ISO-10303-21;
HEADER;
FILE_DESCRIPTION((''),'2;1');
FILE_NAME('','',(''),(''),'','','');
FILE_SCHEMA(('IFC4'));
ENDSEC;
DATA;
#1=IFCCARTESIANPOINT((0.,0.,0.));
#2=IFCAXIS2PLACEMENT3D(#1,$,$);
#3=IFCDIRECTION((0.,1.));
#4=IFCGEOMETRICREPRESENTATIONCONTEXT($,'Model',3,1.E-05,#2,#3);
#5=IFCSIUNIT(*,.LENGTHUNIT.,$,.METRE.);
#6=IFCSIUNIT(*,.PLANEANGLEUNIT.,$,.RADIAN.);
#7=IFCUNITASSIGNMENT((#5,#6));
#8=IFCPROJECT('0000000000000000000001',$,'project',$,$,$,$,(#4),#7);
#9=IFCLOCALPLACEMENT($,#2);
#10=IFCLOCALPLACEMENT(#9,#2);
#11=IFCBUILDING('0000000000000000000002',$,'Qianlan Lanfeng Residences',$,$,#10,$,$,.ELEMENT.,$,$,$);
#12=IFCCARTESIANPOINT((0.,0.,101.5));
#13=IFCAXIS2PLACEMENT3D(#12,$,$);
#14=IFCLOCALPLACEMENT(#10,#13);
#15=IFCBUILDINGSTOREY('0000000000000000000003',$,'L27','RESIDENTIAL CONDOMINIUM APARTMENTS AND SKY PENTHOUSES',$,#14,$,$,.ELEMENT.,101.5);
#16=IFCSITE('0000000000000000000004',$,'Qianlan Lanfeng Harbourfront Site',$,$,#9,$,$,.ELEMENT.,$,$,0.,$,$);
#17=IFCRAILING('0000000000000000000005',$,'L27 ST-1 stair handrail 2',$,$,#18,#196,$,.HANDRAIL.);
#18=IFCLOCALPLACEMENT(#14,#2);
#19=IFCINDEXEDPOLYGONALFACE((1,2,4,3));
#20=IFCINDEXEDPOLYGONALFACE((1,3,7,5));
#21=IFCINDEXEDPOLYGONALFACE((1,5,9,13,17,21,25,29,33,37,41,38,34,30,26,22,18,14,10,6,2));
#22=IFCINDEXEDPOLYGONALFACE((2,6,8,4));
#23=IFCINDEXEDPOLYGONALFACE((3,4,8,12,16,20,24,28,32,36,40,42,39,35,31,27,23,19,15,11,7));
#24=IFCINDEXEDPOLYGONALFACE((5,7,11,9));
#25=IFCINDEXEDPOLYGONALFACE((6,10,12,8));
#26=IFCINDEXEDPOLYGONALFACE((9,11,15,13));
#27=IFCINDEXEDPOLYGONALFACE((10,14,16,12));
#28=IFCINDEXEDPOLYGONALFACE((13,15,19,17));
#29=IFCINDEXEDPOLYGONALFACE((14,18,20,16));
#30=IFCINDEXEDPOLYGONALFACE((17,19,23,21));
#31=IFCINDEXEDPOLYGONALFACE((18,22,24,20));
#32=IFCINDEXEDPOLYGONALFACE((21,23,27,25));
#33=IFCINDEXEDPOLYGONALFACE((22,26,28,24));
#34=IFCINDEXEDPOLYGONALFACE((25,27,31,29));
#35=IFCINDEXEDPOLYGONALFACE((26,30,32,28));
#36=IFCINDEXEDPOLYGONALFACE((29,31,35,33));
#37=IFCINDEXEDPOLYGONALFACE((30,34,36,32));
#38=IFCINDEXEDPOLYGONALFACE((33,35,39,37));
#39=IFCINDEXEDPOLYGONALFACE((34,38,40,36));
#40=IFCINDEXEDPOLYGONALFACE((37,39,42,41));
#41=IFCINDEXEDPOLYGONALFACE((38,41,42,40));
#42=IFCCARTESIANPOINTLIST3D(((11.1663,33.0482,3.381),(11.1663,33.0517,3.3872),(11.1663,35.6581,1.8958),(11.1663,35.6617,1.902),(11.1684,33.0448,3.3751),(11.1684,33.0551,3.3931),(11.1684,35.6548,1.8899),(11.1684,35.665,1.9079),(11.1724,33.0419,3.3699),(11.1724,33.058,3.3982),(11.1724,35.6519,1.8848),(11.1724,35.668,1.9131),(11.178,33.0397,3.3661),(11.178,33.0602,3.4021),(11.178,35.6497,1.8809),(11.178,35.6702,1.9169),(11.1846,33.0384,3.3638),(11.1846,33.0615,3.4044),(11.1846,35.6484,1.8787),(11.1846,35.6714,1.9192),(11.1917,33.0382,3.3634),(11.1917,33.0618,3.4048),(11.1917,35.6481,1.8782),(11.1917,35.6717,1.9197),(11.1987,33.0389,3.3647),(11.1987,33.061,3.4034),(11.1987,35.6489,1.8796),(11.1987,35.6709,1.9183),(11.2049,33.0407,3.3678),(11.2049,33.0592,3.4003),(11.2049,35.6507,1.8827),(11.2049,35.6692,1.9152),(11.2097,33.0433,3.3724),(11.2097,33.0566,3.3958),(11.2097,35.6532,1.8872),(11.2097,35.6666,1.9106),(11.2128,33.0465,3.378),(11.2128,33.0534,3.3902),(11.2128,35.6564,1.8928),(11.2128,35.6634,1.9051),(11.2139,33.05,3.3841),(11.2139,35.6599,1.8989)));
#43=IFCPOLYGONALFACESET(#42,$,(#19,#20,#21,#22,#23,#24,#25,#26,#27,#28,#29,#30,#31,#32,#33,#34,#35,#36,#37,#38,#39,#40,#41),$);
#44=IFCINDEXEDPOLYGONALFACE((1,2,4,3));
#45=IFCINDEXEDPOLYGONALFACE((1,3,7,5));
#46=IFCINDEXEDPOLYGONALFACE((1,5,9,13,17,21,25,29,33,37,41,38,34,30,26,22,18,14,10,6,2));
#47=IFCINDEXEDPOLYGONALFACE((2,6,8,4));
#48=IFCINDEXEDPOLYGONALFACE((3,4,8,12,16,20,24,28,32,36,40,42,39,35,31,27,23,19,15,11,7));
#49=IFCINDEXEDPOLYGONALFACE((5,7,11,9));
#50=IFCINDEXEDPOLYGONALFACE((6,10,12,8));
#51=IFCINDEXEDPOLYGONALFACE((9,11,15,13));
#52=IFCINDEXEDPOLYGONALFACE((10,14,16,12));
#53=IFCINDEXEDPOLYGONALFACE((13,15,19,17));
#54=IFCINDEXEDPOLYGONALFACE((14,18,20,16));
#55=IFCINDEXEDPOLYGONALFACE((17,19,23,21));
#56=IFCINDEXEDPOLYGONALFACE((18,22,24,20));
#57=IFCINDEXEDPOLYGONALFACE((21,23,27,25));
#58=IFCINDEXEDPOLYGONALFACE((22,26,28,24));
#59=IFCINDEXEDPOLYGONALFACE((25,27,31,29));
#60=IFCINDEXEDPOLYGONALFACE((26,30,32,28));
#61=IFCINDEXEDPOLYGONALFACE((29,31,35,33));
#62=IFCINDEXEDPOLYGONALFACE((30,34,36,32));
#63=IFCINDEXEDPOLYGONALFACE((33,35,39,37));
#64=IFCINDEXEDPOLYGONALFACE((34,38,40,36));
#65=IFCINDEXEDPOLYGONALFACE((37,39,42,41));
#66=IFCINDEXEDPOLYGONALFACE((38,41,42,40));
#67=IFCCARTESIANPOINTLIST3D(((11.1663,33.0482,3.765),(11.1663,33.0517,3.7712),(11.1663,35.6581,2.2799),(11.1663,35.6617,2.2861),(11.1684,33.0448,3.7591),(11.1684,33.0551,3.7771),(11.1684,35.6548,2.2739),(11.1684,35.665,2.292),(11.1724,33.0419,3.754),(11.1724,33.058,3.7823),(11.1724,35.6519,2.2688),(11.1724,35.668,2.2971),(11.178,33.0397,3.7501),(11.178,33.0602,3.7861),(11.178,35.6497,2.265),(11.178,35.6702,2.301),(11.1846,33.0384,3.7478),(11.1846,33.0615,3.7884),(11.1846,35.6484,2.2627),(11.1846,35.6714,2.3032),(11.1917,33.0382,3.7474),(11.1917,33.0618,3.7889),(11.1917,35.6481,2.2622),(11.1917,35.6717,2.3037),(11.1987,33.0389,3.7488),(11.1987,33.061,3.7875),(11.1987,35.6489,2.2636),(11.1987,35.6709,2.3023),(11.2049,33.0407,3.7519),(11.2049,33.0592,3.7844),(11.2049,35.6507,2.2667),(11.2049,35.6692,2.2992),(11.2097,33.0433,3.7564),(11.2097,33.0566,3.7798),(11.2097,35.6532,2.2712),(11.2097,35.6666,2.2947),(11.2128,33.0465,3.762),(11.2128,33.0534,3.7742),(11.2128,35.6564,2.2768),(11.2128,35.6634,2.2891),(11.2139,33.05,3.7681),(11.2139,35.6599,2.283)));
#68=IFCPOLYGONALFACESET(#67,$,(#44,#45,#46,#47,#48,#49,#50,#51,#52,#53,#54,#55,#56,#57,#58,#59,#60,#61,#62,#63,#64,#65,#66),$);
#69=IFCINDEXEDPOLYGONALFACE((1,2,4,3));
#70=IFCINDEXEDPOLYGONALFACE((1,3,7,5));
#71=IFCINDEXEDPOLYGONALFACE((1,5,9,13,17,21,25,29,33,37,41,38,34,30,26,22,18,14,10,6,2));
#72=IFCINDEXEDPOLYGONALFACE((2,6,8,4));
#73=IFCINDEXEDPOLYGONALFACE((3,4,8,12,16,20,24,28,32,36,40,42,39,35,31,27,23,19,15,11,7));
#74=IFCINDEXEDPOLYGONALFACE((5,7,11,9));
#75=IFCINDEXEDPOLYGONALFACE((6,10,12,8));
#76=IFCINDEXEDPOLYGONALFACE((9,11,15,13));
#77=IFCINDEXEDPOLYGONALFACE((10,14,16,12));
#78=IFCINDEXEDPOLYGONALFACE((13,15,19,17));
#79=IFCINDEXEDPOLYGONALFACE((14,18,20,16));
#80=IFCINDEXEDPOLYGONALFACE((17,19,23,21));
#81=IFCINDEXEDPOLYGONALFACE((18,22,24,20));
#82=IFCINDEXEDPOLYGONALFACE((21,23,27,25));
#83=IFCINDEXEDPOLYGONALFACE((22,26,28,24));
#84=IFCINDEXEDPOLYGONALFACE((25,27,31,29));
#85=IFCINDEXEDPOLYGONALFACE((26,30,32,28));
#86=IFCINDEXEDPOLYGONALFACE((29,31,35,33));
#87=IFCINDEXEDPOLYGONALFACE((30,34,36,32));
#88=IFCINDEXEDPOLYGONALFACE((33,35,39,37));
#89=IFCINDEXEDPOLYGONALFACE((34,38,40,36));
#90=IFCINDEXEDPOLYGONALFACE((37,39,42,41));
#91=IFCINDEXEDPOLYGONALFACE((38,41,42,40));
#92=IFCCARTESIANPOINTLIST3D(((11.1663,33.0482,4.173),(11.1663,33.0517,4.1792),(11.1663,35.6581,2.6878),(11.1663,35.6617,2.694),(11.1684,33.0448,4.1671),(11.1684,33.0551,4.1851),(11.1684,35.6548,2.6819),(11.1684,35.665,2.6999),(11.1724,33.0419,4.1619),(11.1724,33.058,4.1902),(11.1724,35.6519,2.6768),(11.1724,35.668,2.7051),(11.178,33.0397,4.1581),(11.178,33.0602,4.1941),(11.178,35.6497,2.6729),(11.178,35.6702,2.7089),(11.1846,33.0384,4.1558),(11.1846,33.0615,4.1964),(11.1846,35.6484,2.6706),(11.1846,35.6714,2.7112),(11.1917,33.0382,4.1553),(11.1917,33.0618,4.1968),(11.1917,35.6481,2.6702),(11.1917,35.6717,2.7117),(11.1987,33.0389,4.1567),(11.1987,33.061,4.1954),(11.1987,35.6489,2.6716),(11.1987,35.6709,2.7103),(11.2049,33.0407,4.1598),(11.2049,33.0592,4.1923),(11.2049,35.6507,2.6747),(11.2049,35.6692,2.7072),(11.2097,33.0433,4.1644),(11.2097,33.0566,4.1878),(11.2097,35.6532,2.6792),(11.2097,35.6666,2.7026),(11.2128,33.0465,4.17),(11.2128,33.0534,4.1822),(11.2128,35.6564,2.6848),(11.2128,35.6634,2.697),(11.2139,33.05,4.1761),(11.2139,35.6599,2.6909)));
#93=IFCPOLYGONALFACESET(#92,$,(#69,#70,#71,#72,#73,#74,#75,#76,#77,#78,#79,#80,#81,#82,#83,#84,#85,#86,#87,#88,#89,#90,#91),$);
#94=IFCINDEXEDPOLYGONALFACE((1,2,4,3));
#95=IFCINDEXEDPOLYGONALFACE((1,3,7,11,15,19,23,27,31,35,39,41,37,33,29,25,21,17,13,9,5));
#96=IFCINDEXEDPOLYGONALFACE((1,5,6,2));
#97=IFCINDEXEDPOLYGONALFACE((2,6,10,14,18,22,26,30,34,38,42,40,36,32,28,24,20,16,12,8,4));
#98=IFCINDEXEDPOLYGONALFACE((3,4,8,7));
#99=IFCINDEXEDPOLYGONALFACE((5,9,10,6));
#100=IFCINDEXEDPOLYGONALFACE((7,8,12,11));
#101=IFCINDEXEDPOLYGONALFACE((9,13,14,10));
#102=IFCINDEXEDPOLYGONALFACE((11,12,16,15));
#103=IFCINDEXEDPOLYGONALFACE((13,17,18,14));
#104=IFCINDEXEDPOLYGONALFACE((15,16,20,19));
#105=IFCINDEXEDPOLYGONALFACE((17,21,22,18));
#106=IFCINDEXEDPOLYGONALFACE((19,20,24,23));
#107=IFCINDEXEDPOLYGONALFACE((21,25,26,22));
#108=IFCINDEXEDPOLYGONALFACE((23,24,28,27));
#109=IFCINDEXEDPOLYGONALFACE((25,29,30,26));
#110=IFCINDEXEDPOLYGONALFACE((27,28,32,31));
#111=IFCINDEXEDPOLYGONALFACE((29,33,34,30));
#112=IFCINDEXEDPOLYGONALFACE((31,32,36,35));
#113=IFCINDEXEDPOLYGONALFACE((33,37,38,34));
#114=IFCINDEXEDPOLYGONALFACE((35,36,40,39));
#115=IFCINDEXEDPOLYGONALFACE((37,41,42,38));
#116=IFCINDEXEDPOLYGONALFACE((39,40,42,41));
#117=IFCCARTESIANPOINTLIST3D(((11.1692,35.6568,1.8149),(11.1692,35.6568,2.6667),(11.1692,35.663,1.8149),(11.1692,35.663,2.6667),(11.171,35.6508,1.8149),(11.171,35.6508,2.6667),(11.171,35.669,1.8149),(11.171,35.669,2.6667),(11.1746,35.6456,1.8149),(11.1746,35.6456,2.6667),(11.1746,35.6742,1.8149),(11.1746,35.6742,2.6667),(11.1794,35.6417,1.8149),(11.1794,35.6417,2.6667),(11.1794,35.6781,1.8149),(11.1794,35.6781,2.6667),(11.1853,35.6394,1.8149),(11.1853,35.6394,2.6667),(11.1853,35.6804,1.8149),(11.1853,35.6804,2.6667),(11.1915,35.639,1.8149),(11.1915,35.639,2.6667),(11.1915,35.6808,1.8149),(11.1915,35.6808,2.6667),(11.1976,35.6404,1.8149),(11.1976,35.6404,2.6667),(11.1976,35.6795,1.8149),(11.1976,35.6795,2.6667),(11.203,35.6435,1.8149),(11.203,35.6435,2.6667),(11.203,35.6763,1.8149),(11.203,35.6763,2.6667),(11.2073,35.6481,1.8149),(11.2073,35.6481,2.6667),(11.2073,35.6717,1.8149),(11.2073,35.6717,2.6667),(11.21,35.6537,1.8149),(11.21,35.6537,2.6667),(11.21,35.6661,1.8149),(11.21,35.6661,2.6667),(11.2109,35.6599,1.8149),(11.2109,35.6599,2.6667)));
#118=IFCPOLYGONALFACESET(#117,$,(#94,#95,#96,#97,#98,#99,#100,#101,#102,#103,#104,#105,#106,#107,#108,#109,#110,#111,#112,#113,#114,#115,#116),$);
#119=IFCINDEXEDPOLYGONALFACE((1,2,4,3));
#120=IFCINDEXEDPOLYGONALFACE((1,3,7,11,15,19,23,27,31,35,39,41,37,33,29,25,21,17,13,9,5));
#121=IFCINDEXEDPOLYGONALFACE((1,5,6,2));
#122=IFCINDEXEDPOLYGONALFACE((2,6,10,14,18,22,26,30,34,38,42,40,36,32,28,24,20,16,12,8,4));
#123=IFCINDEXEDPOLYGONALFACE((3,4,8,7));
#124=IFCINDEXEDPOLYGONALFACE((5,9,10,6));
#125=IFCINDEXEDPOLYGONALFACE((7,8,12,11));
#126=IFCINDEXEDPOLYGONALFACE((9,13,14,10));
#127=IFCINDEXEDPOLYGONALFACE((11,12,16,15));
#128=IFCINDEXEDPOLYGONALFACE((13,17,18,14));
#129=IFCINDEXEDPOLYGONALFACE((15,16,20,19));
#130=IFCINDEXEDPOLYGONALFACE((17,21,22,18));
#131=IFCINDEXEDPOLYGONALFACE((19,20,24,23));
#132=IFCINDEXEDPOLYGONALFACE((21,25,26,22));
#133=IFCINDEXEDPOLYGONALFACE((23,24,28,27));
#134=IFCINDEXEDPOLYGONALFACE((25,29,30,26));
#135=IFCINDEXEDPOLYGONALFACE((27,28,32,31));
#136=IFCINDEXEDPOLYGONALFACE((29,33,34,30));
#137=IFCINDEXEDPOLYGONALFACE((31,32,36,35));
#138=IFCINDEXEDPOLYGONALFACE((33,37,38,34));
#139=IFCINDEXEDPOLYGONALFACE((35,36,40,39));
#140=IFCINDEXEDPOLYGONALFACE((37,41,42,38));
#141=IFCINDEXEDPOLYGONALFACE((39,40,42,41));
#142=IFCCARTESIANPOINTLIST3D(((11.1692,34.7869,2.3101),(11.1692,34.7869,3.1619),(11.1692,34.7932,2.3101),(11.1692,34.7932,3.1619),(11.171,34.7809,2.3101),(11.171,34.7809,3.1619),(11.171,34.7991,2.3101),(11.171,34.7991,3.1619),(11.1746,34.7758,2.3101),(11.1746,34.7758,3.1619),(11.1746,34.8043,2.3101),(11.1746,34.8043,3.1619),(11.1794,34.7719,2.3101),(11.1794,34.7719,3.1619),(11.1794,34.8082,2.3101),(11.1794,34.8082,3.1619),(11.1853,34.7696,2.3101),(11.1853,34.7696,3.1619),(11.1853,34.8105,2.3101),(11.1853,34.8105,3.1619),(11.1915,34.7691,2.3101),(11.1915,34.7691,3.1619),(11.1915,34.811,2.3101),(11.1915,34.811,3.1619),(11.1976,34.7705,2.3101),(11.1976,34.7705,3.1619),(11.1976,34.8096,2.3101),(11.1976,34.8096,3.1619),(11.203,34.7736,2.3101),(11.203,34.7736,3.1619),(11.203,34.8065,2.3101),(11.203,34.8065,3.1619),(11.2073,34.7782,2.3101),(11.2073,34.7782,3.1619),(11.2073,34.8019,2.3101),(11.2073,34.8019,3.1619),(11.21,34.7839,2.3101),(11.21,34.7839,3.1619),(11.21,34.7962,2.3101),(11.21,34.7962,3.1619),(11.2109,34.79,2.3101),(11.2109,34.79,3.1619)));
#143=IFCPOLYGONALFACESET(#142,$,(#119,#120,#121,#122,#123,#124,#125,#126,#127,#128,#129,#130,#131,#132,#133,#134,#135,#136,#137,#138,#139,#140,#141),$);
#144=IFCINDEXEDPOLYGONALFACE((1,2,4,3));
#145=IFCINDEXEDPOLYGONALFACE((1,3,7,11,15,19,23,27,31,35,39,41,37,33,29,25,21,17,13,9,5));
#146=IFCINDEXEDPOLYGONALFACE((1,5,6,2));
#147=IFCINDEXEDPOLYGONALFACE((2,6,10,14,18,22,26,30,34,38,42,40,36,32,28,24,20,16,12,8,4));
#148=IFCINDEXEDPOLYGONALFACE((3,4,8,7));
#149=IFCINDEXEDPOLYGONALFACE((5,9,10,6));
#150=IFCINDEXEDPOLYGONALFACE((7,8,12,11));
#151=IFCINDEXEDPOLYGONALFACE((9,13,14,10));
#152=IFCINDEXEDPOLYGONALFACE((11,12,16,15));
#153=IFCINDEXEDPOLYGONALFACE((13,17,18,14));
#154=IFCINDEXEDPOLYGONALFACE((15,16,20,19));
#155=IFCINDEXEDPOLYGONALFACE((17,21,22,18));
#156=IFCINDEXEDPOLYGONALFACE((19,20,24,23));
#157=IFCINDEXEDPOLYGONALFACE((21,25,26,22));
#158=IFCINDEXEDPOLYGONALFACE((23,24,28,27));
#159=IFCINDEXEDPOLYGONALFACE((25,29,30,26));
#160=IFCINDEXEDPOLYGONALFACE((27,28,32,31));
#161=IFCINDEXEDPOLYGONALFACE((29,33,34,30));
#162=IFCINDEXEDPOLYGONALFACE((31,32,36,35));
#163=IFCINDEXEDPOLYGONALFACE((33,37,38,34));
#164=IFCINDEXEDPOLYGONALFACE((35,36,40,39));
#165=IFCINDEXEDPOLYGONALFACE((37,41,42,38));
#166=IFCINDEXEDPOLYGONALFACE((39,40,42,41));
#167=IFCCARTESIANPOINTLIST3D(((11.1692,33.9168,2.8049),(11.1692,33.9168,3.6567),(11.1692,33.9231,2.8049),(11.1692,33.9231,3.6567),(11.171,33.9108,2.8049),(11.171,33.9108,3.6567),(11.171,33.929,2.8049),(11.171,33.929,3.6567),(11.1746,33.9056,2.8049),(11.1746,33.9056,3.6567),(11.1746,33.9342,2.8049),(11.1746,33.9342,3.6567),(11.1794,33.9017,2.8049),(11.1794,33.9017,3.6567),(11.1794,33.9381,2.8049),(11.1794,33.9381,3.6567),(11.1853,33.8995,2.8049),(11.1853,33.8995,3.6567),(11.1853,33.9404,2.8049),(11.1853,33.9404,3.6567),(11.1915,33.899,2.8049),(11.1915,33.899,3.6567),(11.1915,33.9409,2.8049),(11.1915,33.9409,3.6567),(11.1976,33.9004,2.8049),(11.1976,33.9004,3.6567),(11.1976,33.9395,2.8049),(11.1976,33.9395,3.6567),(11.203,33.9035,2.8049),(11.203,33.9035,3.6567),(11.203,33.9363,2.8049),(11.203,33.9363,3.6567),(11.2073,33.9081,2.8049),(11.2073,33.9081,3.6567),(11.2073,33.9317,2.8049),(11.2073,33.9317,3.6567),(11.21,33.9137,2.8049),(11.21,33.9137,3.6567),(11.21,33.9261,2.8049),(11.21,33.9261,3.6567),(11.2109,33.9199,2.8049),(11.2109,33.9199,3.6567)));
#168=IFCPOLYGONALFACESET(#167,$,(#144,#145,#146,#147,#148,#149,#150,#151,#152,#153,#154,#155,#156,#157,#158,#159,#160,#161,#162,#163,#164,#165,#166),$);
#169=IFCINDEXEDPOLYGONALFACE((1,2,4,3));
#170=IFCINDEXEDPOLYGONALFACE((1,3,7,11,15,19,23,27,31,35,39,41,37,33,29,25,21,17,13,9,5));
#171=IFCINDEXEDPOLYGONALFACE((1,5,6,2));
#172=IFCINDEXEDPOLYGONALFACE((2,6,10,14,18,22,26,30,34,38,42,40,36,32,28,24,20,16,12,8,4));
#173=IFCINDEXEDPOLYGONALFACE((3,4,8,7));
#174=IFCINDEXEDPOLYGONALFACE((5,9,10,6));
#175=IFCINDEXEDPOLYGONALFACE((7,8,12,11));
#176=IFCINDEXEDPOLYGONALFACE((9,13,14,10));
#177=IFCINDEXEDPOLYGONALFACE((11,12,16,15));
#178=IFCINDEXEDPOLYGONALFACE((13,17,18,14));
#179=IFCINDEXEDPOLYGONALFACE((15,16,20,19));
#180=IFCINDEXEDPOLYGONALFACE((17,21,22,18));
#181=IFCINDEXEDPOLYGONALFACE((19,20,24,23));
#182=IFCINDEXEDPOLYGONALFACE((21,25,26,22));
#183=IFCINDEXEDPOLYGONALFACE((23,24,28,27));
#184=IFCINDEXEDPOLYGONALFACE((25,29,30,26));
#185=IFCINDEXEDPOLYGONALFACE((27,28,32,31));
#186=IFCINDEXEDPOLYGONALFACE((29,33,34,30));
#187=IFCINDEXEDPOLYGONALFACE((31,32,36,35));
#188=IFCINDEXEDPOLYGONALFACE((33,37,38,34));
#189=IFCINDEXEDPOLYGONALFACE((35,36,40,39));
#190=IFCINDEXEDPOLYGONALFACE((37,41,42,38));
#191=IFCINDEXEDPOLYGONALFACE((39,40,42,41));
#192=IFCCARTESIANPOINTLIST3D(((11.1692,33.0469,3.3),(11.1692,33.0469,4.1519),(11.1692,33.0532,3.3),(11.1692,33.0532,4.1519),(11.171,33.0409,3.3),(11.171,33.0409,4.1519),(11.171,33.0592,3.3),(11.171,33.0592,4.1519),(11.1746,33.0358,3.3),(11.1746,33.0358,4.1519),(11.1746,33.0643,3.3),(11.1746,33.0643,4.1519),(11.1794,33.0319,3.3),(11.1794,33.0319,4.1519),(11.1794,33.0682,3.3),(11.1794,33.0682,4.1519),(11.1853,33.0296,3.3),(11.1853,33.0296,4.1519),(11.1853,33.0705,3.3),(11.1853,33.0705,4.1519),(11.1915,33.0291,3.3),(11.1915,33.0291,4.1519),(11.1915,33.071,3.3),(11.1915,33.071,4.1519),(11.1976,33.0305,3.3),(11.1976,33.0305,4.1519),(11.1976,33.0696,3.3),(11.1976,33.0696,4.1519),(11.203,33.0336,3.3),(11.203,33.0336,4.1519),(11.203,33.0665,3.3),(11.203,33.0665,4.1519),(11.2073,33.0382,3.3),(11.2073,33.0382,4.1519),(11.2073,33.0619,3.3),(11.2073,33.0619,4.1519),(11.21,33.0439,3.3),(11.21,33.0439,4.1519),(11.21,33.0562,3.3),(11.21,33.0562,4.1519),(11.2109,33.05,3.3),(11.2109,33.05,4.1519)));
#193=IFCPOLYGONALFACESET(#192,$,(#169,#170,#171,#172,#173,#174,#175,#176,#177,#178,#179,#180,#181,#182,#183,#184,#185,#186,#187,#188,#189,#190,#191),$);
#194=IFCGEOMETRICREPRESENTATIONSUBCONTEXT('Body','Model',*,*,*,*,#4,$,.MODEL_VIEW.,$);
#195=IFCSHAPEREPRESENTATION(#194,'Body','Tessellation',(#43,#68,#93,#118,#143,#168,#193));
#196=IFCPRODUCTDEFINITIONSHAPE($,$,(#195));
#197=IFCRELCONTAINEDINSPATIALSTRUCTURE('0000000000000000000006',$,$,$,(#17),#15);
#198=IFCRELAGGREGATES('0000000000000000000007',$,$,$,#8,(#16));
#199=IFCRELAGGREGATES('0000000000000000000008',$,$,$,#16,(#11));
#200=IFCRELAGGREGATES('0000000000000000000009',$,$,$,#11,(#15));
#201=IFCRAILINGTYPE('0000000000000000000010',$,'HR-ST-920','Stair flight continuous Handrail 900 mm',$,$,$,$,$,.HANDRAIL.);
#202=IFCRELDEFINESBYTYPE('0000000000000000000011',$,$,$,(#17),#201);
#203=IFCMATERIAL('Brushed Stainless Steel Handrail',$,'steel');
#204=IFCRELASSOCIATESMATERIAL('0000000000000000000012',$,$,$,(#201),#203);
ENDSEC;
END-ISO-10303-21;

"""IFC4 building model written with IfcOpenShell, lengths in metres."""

from ifc_helpers import new_model, si_unit, direction, frame, origin, origin_2d, place, context, subcontext, project, spatial, circle, extrude, material, type_object, element, save


model = new_model("IFC4")

# Units and contexts
model_context = context("Model", 3, precision=1e-05, world=origin(), true_north=direction((0.0, 1.0)))
body_context = subcontext(model_context, "Body", "Model", "MODEL_VIEW")
ifc_project = project(units=[si_unit("LENGTHUNIT", "METRE"), si_unit("PLANEANGLEUNIT", "RADIAN")], contexts=[model_context])

# Site, building, storey
site_placement = place(None, origin())
site = spatial("IfcSite", under=ifc_project, at=site_placement, Name="Qianlan Lanfeng Harbourfront Site", CompositionType="ELEMENT", RefElevation=0.0)
building_placement = place(site_placement, origin())
building = spatial("IfcBuilding", under=site, at=building_placement, Name="Qianlan Lanfeng Residences", CompositionType="ELEMENT")
storey_placement = place(building_placement, frame((0.0, 0.0, 101.5)))
storey = spatial("IfcBuildingStorey", under=building, at=storey_placement, Name="L27", Description="RESIDENTIAL CONDOMINIUM APARTMENTS AND SKY PENTHOUSES", CompositionType="ELEMENT", Elevation=101.5)

# Railing
ifc_material_1 = material(Name="Brushed Stainless Steel Handrail", Category="steel")
railing_type_1 = type_object("IfcRailingType", Name="HR-ST-920", Description="Stair flight continuous Handrail 900 mm", PredefinedType="HANDRAIL", material=ifc_material_1)
railing_1_placement = place(storey_placement, frame((11.1899, 35.6599, 1.8149)))
element("IfcRailing", 1, at=railing_1_placement, inside=storey, type_object=railing_type_1, Name="L27 ST-1 stair handrail 2", PredefinedType="HANDRAIL", context=body_context, shape_type="SweptSolid", body=[
    extrude(circle(Radius=0.0239, at=origin_2d()), frame((0.0, 0.0, 0.084), z_axis=(0.0, -0.869137, 0.494571), x_axis=(1.0, 0.0, 0.0)), (0.0, 0.0, 1.0), 3.0029),
    extrude(circle(Radius=0.0239, at=origin_2d()), frame((0.0, 0.0, 0.468), z_axis=(0.0, -0.869137, 0.494571), x_axis=(1.0, 0.0, 0.0)), (0.0, 0.0, 1.0), 3.0029),
    extrude(circle(Radius=0.0239, at=origin_2d()), frame((0.0, 0.0, 0.876), z_axis=(0.0, -0.869137, 0.494571), x_axis=(1.0, 0.0, 0.0)), (0.0, 0.0, 1.0), 3.0029),
    extrude(circle(Radius=0.021, at=origin_2d()), origin(), (0.0, 0.0, 1.0), 0.8518),
    extrude(circle(Radius=0.021, at=origin_2d()), frame((0.0, -0.8699, 0.4951)), (0.0, 0.0, 1.0), 0.8518),
    extrude(circle(Radius=0.021, at=origin_2d()), frame((0.0, -1.74, 0.99)), (0.0, 0.0, 1.0), 0.8518),
    extrude(circle(Radius=0.021, at=origin_2d()), frame((0.0, -2.6099, 1.4851)), (0.0, 0.0, 1.0), 0.8518),
])

save(model, "model.ifc")
